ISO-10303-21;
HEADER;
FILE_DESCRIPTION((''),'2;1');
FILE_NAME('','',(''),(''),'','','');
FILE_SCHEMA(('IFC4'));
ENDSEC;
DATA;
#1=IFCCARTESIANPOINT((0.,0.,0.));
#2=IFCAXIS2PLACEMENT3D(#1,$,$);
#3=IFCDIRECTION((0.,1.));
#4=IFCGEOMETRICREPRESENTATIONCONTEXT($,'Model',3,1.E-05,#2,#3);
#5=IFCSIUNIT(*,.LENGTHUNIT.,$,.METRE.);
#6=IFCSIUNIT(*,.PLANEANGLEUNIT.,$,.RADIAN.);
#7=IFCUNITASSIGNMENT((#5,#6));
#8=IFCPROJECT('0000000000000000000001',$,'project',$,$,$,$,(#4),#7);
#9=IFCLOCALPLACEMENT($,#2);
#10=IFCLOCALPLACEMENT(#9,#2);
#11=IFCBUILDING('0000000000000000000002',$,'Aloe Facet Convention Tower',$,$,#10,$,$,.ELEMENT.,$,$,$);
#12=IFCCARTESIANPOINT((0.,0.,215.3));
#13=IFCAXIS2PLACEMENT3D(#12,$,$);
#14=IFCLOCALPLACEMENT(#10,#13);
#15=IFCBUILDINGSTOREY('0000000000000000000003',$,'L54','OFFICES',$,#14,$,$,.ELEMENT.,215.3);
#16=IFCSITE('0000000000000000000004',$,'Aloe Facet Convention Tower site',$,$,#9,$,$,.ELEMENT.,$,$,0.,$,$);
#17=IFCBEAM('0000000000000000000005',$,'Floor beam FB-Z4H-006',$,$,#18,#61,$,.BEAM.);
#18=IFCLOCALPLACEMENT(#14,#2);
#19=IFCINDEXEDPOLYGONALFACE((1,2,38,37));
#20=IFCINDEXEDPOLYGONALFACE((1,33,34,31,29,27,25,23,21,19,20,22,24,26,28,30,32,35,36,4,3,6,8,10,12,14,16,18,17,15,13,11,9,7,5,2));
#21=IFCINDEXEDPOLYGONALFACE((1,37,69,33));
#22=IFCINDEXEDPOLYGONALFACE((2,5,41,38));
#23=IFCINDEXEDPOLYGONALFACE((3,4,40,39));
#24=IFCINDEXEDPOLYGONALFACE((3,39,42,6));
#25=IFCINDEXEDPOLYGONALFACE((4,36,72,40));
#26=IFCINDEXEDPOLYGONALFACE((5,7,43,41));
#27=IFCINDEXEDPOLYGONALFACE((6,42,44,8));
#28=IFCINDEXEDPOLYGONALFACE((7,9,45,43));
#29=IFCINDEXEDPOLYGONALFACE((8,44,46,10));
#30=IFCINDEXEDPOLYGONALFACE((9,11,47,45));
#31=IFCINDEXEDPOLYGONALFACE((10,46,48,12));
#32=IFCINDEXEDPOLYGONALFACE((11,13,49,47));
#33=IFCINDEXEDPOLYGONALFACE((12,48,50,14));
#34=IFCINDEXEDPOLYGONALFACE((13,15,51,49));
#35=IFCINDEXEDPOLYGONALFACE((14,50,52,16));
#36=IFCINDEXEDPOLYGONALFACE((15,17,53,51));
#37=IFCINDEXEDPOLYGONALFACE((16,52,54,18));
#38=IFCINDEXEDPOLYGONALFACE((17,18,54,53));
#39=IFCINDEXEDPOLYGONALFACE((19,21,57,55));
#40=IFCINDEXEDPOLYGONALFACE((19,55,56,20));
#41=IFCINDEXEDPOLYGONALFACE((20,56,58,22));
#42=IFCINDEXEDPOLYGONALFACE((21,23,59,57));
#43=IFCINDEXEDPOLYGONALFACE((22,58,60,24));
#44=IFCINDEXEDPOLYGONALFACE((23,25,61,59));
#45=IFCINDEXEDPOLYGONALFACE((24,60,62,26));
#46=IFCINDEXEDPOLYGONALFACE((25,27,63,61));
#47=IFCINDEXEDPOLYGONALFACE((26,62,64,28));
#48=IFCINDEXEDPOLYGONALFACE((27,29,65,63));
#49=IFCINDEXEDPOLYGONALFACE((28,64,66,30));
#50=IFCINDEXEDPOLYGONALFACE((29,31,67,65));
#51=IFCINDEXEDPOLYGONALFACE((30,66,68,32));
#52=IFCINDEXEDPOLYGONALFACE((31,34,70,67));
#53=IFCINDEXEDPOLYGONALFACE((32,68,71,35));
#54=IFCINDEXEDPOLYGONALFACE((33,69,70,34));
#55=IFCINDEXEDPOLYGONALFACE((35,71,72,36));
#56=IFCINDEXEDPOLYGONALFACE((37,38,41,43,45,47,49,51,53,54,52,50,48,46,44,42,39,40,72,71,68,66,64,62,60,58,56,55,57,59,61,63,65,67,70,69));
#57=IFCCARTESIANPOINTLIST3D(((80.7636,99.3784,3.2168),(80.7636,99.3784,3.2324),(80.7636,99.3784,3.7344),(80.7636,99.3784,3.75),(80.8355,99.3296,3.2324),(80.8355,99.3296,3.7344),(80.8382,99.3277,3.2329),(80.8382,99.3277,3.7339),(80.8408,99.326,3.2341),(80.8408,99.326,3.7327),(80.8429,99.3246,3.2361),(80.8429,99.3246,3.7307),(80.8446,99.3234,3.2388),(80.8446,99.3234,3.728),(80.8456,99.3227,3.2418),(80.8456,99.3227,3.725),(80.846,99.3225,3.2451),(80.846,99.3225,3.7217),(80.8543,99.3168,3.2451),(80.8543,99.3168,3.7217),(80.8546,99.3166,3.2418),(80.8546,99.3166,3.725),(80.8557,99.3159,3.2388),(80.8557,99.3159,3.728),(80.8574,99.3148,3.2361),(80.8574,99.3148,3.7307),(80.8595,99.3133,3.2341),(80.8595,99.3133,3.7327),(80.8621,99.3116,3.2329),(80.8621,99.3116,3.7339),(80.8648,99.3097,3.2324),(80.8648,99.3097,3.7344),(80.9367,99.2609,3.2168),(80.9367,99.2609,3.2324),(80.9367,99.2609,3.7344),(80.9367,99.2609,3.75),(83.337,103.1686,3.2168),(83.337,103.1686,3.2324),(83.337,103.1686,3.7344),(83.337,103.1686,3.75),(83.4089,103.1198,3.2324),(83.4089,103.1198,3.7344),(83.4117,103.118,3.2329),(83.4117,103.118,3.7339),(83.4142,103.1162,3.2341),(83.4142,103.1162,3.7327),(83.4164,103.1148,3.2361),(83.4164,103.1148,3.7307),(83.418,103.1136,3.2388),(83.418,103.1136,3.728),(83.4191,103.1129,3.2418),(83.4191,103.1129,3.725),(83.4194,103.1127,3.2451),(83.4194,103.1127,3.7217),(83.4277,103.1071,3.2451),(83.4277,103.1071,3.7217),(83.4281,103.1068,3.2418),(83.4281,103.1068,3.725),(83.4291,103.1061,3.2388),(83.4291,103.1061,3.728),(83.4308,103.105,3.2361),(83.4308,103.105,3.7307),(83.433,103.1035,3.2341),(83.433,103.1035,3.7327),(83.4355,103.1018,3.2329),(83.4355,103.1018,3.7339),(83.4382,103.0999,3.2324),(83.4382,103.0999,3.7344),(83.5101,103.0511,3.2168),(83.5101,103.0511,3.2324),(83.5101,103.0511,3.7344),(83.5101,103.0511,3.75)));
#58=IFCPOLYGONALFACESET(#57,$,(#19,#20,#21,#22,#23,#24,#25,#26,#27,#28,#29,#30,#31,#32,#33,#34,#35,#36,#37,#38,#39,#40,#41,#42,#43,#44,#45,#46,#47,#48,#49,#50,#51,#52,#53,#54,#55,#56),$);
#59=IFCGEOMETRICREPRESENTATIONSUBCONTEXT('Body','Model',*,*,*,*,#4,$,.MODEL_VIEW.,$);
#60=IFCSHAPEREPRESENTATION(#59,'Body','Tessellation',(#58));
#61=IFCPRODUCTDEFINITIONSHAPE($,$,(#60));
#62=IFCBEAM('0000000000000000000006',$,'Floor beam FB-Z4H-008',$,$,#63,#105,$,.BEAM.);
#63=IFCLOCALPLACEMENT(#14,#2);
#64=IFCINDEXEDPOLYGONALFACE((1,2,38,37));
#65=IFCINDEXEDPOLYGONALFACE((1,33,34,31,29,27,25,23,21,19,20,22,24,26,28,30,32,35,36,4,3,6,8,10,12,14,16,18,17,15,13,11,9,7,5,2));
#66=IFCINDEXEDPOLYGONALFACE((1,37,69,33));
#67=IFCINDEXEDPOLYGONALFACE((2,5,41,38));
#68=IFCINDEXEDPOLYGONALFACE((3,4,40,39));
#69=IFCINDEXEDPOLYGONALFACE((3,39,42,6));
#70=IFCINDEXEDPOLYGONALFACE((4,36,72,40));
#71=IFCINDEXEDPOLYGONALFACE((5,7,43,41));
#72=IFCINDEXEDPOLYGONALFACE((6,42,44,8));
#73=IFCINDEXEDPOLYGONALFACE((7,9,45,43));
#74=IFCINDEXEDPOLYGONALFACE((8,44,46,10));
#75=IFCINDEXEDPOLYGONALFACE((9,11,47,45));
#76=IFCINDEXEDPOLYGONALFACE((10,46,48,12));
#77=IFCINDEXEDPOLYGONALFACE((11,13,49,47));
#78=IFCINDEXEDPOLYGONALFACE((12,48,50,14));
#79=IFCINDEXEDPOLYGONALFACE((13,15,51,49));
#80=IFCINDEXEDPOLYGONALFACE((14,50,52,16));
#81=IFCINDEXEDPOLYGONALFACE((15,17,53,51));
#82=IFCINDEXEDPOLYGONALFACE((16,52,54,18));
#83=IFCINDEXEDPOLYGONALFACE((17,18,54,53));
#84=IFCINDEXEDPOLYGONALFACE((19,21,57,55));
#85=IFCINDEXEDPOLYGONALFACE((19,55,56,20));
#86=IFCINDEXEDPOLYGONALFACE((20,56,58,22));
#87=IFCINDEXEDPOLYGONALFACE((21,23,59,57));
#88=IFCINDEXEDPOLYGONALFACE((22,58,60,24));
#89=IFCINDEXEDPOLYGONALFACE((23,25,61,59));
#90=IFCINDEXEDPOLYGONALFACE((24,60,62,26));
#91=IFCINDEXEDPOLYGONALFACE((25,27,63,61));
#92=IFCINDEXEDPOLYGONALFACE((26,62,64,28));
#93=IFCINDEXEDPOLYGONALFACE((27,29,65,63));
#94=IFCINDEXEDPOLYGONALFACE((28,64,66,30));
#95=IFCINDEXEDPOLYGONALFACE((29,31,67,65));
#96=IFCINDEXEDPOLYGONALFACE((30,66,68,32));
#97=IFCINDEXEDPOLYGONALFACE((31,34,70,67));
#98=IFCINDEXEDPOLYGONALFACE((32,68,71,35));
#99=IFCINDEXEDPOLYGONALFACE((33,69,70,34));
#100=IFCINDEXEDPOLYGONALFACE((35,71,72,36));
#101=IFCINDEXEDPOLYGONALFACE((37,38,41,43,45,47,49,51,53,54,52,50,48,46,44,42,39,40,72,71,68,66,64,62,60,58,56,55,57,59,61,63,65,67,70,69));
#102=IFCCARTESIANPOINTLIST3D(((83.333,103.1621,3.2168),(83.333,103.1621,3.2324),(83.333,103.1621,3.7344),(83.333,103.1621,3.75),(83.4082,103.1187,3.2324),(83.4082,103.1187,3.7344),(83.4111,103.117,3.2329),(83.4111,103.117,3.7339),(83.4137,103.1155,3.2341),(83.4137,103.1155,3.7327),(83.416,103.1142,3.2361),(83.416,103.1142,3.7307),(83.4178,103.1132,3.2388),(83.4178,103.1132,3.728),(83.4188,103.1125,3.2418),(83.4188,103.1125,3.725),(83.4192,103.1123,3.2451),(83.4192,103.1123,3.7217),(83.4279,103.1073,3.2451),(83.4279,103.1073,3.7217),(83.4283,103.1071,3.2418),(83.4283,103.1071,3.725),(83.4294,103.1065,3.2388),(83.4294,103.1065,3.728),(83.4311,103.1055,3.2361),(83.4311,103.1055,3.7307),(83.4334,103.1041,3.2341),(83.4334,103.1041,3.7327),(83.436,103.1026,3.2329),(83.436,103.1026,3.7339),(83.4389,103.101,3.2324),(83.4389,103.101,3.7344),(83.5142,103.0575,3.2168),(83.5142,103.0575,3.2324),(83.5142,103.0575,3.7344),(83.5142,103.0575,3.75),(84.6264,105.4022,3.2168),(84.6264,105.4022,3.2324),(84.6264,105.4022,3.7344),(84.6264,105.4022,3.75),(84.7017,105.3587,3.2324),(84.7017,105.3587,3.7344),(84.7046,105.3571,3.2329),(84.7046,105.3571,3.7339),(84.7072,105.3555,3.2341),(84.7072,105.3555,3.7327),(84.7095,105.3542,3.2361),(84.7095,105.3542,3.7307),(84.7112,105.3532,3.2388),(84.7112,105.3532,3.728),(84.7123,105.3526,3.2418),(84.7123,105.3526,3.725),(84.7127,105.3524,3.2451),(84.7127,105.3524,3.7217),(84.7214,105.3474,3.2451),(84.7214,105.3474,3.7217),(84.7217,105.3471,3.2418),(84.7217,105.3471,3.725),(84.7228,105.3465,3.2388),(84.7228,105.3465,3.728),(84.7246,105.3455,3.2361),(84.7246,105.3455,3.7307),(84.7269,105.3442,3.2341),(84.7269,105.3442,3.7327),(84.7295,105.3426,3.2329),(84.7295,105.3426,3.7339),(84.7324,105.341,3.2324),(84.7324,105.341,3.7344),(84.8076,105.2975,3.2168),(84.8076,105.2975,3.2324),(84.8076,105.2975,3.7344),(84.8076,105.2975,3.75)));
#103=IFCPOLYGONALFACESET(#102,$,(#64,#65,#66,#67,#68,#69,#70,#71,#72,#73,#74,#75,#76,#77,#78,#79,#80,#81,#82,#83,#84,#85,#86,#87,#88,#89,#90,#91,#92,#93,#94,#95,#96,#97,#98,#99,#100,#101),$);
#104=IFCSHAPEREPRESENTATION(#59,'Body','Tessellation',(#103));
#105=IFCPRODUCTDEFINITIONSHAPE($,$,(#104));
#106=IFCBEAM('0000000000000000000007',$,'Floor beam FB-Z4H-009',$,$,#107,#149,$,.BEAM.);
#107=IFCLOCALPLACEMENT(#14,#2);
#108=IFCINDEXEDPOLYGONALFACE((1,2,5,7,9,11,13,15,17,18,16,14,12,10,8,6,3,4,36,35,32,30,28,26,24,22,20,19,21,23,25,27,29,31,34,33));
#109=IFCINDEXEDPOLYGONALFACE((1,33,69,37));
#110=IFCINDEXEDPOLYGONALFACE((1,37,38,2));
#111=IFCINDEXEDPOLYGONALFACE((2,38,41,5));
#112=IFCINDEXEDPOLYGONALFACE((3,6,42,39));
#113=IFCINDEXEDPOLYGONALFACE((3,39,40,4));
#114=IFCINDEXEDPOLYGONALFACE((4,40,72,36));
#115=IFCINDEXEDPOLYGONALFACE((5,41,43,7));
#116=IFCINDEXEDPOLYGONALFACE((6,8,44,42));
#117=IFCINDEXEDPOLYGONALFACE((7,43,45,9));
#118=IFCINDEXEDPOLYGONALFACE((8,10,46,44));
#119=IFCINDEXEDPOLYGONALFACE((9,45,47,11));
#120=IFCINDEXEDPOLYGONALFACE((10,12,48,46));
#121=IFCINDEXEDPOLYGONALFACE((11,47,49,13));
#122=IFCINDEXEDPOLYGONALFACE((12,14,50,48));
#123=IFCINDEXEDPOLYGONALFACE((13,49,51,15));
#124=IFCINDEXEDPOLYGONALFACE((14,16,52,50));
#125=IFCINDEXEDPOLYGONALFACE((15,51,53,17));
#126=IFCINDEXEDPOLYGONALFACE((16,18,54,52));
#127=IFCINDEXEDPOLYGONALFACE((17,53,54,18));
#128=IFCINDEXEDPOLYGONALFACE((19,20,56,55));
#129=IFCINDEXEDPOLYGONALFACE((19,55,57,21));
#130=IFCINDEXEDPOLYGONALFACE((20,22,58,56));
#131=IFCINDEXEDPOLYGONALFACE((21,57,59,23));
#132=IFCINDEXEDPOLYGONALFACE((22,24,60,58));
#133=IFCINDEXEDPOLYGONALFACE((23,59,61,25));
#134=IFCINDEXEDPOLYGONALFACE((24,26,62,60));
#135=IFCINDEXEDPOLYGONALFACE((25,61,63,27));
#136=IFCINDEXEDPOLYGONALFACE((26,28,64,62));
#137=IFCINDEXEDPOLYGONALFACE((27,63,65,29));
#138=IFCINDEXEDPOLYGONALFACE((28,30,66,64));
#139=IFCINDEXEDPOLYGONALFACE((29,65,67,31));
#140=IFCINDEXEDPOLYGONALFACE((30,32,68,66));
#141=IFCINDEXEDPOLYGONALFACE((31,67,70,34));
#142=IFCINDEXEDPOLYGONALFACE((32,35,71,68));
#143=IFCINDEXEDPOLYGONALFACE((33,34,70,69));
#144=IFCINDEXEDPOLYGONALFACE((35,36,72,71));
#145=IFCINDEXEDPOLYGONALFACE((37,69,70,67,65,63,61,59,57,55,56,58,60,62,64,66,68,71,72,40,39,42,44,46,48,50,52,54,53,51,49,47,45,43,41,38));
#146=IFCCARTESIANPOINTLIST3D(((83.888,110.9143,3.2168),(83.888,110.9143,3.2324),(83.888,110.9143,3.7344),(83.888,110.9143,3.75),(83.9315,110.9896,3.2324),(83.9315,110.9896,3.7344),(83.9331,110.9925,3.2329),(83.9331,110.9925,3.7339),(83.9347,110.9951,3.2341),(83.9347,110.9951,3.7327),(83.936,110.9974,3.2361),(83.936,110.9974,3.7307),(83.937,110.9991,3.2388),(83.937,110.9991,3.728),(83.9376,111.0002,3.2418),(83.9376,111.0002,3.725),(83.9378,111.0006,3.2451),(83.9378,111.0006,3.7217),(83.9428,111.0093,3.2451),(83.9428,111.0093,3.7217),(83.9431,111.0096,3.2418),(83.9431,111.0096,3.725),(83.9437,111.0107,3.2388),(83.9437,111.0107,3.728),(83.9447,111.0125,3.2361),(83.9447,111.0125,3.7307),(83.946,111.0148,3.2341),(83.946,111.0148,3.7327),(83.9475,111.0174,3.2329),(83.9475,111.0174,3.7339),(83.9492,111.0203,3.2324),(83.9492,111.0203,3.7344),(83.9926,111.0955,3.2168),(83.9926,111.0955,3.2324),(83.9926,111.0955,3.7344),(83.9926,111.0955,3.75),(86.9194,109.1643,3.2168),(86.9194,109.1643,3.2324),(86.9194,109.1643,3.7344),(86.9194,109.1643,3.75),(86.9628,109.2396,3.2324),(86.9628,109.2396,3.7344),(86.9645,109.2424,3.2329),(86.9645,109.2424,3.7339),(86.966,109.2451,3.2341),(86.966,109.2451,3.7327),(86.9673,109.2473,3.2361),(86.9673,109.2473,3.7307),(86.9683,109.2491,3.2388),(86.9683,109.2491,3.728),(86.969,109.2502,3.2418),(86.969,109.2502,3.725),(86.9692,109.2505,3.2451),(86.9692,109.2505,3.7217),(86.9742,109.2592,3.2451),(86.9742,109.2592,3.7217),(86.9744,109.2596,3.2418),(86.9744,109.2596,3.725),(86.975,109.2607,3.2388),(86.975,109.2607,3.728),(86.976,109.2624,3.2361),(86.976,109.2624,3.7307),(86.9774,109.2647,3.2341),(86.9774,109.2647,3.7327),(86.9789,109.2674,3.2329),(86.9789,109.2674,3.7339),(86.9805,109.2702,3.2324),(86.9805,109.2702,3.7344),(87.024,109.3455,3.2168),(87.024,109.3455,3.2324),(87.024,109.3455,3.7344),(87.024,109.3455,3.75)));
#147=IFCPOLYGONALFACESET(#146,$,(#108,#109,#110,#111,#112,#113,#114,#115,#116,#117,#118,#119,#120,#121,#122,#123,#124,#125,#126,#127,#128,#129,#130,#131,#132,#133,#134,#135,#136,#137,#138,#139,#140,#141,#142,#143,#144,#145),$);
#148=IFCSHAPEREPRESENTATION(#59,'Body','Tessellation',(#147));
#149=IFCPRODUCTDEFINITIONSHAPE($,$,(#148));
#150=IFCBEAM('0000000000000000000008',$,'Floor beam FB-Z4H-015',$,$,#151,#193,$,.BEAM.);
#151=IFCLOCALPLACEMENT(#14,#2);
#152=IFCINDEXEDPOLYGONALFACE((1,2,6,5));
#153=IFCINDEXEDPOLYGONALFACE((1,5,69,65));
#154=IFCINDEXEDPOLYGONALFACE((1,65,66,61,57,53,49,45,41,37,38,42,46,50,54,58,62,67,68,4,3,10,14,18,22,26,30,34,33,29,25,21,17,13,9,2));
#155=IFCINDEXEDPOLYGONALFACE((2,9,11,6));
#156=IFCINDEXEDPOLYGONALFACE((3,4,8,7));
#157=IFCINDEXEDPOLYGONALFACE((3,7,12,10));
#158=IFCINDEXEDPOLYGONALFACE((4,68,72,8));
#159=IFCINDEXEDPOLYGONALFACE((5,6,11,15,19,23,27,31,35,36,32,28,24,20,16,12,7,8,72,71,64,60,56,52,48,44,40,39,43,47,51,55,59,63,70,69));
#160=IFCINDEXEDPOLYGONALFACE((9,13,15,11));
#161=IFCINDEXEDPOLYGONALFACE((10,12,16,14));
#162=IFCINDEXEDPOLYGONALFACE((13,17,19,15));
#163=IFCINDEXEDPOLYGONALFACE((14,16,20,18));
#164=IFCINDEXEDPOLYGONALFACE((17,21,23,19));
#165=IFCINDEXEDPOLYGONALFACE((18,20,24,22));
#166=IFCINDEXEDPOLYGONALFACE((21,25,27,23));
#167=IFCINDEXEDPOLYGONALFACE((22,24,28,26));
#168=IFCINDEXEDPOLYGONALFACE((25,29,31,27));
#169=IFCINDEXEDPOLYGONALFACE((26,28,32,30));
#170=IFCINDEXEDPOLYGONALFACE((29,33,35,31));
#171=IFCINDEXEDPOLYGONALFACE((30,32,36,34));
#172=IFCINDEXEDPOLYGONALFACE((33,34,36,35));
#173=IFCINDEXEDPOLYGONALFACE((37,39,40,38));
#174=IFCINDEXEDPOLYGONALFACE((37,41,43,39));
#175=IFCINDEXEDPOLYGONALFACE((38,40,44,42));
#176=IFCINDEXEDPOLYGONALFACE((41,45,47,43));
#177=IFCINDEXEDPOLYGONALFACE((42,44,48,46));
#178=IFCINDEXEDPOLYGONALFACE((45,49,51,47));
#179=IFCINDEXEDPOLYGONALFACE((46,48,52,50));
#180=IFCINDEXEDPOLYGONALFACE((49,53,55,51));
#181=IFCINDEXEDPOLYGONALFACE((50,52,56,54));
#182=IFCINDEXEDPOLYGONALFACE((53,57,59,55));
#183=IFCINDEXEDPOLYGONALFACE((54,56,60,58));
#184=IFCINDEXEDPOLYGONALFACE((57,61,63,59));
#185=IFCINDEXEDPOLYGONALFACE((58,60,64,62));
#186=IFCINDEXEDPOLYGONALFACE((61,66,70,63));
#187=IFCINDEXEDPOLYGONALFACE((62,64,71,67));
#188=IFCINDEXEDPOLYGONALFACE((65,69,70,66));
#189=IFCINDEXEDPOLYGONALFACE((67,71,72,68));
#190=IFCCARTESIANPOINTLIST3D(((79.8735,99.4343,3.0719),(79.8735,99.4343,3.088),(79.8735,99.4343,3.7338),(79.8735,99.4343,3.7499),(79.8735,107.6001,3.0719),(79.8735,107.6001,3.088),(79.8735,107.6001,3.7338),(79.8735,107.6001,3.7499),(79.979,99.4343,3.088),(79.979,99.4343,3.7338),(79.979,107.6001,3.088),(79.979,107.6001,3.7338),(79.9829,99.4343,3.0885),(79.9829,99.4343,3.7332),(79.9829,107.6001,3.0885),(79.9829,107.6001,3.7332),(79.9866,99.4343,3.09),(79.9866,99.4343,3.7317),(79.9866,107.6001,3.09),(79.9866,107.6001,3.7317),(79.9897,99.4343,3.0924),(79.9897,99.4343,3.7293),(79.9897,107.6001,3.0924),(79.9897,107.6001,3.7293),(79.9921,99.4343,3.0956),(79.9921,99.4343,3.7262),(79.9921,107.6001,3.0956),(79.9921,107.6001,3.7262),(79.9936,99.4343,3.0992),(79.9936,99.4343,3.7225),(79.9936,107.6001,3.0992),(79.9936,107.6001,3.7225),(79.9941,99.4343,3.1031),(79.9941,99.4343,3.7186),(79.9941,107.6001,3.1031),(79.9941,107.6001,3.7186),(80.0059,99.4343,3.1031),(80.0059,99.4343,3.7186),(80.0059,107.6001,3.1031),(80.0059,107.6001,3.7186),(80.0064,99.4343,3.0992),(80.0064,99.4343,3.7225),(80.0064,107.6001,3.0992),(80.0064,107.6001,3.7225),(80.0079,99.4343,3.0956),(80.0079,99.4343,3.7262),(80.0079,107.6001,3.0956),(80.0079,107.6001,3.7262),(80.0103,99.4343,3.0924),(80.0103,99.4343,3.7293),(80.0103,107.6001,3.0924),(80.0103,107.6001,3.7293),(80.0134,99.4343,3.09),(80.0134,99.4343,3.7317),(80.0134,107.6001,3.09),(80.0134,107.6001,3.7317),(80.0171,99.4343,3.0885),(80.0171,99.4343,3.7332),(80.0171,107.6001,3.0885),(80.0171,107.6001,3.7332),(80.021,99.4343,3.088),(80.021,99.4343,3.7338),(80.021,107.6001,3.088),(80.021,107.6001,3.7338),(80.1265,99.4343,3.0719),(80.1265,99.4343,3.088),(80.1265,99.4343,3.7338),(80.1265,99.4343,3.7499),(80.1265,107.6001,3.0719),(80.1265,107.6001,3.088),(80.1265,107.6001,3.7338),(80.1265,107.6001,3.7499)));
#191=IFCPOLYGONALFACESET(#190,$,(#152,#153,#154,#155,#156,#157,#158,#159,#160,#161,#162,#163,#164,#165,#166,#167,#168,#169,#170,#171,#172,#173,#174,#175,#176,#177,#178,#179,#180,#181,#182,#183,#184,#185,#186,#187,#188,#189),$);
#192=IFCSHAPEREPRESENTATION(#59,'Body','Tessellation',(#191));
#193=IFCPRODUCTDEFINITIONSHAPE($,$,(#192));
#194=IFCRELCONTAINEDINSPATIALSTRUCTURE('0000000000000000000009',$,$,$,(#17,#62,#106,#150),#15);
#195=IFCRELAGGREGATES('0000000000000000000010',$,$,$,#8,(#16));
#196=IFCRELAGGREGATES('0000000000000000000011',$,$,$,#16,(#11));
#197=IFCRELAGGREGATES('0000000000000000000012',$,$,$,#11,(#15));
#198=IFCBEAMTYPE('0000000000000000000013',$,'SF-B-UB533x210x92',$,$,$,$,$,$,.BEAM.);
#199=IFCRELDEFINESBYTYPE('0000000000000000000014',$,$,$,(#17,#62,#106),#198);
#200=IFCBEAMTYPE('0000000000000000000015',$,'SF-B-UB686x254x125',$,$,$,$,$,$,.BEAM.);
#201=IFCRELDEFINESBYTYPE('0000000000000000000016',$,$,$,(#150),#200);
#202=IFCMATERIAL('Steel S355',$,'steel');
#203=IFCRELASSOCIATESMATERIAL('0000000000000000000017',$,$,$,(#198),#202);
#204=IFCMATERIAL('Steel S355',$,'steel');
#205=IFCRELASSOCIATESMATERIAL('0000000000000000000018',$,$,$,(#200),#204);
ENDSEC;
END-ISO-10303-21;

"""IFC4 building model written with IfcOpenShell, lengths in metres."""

from ifc_helpers import new_model, si_unit, direction, frame, origin, origin_2d, place, context, subcontext, project, spatial, i_section, extrude, material, material_profile, profile_set, type_object, element, save


model = new_model("IFC4")

# Units and contexts
model_context = context("Model", 3, precision=1e-05, world=origin(), true_north=direction((0.0, 1.0)))
body_context = subcontext(model_context, "Body", "Model", "MODEL_VIEW")
ifc_project = project(units=[si_unit("LENGTHUNIT", "METRE"), si_unit("PLANEANGLEUNIT", "RADIAN")], contexts=[model_context])

# Site, building, storey
site_placement = place(None, origin())
site = spatial("IfcSite", under=ifc_project, at=site_placement, Name="Aloe Facet Convention Tower site", CompositionType="ELEMENT", RefElevation=0.0)
building_placement = place(site_placement, origin())
building = spatial("IfcBuilding", under=site, at=building_placement, Name="Aloe Facet Convention Tower", CompositionType="ELEMENT")
storey_placement = place(building_placement, frame((0.0, 0.0, 215.3)))
storey = spatial("IfcBuildingStorey", under=building, at=storey_placement, Name="L54", Description="OFFICES", CompositionType="ELEMENT", Elevation=215.3)

# Beams
ifc_material_1 = material(Name="Steel S355", Category="steel")
ifc_material_profile_1 = material_profile(ifc_material_1, i_section(OverallWidth=0.2092, OverallDepth=0.5332, WebThickness=0.01, FlangeThickness=0.0156, FilletRadius=0.0127, at=origin_2d()), Name="UB 533x210x92")
ifc_profile_set_1 = profile_set([ifc_material_profile_1], Name="Steel S355")
beam_type_1 = type_object("IfcBeamType", Name="SF-B-UB533x210x92", PredefinedType="BEAM", material=ifc_profile_set_1)
beam_1_placement = place(storey_placement, frame((83.4236, 103.1099, 3.4834), z_axis=(-0.561727, -0.827323, 0.0), x_axis=(0.827323, -0.561727, 0.0)))
element("IfcBeam", 1, at=beam_1_placement, inside=storey, type_object=beam_type_1, Name="Floor beam FB-Z4H-006", PredefinedType="BEAM", context=body_context, shape_type="SweptSolid", body=[
    extrude(i_section(OverallWidth=0.2092, OverallDepth=0.5332, WebThickness=0.01, FlangeThickness=0.0156, FilletRadius=0.0127, at=origin_2d()), origin(), (0.0, 0.0, 1.0), 4.5813),
])
beam_2_placement = place(storey_placement, frame((84.717, 105.3499, 3.4834), z_axis=(-0.500057, -0.865992, 0.0), x_axis=(0.865992, -0.500057, 0.0)))
element("IfcBeam", 2, at=beam_2_placement, inside=storey, type_object=beam_type_1, Name="Floor beam FB-Z4H-008", PredefinedType="BEAM", context=body_context, shape_type="SweptSolid", body=[
    extrude(i_section(OverallWidth=0.2092, OverallDepth=0.5332, WebThickness=0.01, FlangeThickness=0.0156, FilletRadius=0.0127, at=origin_2d()), origin(), (0.0, 0.0, 1.0), 2.5867),
])
beam_3_placement = place(storey_placement, frame((86.9717, 109.2549, 3.4834), z_axis=(-0.866037, 0.49998, 0.0), x_axis=(-0.49998, -0.866037, 0.0)))
element("IfcBeam", 3, at=beam_3_placement, inside=storey, type_object=beam_type_1, Name="Floor beam FB-Z4H-009", PredefinedType="BEAM", context=body_context, shape_type="SweptSolid", body=[
    extrude(i_section(OverallWidth=0.2092, OverallDepth=0.5332, WebThickness=0.01, FlangeThickness=0.0156, FilletRadius=0.0127, at=origin_2d()), origin(), (0.0, 0.0, 1.0), 3.5002),
])
ifc_material_2 = material(Name="Steel S355", Category="steel")
ifc_material_profile_2 = material_profile(ifc_material_2, i_section(OverallWidth=0.2529, OverallDepth=0.678, WebThickness=0.0117, FlangeThickness=0.0161, FilletRadius=0.0151, at=origin_2d()), Name="UB 686x254x125")
ifc_profile_set_2 = profile_set([ifc_material_profile_2], Name="Steel S355")
beam_type_2 = type_object("IfcBeamType", Name="SF-B-UB686x254x125", PredefinedType="BEAM", material=ifc_profile_set_2)
beam_4_placement = place(storey_placement, frame((80.0, 107.6001, 3.4109), z_axis=(0.0, -1.0, 0.0), x_axis=(1.0, 0.0, 0.0)))
element("IfcBeam", 4, at=beam_4_placement, inside=storey, type_object=beam_type_2, Name="Floor beam FB-Z4H-015", PredefinedType="BEAM", context=body_context, shape_type="SweptSolid", body=[
    extrude(i_section(OverallWidth=0.2529, OverallDepth=0.678, WebThickness=0.0117, FlangeThickness=0.0161, FilletRadius=0.0151, at=origin_2d()), origin(), (0.0, 0.0, 1.0), 8.1658),
])

save(model, "model.ifc")
